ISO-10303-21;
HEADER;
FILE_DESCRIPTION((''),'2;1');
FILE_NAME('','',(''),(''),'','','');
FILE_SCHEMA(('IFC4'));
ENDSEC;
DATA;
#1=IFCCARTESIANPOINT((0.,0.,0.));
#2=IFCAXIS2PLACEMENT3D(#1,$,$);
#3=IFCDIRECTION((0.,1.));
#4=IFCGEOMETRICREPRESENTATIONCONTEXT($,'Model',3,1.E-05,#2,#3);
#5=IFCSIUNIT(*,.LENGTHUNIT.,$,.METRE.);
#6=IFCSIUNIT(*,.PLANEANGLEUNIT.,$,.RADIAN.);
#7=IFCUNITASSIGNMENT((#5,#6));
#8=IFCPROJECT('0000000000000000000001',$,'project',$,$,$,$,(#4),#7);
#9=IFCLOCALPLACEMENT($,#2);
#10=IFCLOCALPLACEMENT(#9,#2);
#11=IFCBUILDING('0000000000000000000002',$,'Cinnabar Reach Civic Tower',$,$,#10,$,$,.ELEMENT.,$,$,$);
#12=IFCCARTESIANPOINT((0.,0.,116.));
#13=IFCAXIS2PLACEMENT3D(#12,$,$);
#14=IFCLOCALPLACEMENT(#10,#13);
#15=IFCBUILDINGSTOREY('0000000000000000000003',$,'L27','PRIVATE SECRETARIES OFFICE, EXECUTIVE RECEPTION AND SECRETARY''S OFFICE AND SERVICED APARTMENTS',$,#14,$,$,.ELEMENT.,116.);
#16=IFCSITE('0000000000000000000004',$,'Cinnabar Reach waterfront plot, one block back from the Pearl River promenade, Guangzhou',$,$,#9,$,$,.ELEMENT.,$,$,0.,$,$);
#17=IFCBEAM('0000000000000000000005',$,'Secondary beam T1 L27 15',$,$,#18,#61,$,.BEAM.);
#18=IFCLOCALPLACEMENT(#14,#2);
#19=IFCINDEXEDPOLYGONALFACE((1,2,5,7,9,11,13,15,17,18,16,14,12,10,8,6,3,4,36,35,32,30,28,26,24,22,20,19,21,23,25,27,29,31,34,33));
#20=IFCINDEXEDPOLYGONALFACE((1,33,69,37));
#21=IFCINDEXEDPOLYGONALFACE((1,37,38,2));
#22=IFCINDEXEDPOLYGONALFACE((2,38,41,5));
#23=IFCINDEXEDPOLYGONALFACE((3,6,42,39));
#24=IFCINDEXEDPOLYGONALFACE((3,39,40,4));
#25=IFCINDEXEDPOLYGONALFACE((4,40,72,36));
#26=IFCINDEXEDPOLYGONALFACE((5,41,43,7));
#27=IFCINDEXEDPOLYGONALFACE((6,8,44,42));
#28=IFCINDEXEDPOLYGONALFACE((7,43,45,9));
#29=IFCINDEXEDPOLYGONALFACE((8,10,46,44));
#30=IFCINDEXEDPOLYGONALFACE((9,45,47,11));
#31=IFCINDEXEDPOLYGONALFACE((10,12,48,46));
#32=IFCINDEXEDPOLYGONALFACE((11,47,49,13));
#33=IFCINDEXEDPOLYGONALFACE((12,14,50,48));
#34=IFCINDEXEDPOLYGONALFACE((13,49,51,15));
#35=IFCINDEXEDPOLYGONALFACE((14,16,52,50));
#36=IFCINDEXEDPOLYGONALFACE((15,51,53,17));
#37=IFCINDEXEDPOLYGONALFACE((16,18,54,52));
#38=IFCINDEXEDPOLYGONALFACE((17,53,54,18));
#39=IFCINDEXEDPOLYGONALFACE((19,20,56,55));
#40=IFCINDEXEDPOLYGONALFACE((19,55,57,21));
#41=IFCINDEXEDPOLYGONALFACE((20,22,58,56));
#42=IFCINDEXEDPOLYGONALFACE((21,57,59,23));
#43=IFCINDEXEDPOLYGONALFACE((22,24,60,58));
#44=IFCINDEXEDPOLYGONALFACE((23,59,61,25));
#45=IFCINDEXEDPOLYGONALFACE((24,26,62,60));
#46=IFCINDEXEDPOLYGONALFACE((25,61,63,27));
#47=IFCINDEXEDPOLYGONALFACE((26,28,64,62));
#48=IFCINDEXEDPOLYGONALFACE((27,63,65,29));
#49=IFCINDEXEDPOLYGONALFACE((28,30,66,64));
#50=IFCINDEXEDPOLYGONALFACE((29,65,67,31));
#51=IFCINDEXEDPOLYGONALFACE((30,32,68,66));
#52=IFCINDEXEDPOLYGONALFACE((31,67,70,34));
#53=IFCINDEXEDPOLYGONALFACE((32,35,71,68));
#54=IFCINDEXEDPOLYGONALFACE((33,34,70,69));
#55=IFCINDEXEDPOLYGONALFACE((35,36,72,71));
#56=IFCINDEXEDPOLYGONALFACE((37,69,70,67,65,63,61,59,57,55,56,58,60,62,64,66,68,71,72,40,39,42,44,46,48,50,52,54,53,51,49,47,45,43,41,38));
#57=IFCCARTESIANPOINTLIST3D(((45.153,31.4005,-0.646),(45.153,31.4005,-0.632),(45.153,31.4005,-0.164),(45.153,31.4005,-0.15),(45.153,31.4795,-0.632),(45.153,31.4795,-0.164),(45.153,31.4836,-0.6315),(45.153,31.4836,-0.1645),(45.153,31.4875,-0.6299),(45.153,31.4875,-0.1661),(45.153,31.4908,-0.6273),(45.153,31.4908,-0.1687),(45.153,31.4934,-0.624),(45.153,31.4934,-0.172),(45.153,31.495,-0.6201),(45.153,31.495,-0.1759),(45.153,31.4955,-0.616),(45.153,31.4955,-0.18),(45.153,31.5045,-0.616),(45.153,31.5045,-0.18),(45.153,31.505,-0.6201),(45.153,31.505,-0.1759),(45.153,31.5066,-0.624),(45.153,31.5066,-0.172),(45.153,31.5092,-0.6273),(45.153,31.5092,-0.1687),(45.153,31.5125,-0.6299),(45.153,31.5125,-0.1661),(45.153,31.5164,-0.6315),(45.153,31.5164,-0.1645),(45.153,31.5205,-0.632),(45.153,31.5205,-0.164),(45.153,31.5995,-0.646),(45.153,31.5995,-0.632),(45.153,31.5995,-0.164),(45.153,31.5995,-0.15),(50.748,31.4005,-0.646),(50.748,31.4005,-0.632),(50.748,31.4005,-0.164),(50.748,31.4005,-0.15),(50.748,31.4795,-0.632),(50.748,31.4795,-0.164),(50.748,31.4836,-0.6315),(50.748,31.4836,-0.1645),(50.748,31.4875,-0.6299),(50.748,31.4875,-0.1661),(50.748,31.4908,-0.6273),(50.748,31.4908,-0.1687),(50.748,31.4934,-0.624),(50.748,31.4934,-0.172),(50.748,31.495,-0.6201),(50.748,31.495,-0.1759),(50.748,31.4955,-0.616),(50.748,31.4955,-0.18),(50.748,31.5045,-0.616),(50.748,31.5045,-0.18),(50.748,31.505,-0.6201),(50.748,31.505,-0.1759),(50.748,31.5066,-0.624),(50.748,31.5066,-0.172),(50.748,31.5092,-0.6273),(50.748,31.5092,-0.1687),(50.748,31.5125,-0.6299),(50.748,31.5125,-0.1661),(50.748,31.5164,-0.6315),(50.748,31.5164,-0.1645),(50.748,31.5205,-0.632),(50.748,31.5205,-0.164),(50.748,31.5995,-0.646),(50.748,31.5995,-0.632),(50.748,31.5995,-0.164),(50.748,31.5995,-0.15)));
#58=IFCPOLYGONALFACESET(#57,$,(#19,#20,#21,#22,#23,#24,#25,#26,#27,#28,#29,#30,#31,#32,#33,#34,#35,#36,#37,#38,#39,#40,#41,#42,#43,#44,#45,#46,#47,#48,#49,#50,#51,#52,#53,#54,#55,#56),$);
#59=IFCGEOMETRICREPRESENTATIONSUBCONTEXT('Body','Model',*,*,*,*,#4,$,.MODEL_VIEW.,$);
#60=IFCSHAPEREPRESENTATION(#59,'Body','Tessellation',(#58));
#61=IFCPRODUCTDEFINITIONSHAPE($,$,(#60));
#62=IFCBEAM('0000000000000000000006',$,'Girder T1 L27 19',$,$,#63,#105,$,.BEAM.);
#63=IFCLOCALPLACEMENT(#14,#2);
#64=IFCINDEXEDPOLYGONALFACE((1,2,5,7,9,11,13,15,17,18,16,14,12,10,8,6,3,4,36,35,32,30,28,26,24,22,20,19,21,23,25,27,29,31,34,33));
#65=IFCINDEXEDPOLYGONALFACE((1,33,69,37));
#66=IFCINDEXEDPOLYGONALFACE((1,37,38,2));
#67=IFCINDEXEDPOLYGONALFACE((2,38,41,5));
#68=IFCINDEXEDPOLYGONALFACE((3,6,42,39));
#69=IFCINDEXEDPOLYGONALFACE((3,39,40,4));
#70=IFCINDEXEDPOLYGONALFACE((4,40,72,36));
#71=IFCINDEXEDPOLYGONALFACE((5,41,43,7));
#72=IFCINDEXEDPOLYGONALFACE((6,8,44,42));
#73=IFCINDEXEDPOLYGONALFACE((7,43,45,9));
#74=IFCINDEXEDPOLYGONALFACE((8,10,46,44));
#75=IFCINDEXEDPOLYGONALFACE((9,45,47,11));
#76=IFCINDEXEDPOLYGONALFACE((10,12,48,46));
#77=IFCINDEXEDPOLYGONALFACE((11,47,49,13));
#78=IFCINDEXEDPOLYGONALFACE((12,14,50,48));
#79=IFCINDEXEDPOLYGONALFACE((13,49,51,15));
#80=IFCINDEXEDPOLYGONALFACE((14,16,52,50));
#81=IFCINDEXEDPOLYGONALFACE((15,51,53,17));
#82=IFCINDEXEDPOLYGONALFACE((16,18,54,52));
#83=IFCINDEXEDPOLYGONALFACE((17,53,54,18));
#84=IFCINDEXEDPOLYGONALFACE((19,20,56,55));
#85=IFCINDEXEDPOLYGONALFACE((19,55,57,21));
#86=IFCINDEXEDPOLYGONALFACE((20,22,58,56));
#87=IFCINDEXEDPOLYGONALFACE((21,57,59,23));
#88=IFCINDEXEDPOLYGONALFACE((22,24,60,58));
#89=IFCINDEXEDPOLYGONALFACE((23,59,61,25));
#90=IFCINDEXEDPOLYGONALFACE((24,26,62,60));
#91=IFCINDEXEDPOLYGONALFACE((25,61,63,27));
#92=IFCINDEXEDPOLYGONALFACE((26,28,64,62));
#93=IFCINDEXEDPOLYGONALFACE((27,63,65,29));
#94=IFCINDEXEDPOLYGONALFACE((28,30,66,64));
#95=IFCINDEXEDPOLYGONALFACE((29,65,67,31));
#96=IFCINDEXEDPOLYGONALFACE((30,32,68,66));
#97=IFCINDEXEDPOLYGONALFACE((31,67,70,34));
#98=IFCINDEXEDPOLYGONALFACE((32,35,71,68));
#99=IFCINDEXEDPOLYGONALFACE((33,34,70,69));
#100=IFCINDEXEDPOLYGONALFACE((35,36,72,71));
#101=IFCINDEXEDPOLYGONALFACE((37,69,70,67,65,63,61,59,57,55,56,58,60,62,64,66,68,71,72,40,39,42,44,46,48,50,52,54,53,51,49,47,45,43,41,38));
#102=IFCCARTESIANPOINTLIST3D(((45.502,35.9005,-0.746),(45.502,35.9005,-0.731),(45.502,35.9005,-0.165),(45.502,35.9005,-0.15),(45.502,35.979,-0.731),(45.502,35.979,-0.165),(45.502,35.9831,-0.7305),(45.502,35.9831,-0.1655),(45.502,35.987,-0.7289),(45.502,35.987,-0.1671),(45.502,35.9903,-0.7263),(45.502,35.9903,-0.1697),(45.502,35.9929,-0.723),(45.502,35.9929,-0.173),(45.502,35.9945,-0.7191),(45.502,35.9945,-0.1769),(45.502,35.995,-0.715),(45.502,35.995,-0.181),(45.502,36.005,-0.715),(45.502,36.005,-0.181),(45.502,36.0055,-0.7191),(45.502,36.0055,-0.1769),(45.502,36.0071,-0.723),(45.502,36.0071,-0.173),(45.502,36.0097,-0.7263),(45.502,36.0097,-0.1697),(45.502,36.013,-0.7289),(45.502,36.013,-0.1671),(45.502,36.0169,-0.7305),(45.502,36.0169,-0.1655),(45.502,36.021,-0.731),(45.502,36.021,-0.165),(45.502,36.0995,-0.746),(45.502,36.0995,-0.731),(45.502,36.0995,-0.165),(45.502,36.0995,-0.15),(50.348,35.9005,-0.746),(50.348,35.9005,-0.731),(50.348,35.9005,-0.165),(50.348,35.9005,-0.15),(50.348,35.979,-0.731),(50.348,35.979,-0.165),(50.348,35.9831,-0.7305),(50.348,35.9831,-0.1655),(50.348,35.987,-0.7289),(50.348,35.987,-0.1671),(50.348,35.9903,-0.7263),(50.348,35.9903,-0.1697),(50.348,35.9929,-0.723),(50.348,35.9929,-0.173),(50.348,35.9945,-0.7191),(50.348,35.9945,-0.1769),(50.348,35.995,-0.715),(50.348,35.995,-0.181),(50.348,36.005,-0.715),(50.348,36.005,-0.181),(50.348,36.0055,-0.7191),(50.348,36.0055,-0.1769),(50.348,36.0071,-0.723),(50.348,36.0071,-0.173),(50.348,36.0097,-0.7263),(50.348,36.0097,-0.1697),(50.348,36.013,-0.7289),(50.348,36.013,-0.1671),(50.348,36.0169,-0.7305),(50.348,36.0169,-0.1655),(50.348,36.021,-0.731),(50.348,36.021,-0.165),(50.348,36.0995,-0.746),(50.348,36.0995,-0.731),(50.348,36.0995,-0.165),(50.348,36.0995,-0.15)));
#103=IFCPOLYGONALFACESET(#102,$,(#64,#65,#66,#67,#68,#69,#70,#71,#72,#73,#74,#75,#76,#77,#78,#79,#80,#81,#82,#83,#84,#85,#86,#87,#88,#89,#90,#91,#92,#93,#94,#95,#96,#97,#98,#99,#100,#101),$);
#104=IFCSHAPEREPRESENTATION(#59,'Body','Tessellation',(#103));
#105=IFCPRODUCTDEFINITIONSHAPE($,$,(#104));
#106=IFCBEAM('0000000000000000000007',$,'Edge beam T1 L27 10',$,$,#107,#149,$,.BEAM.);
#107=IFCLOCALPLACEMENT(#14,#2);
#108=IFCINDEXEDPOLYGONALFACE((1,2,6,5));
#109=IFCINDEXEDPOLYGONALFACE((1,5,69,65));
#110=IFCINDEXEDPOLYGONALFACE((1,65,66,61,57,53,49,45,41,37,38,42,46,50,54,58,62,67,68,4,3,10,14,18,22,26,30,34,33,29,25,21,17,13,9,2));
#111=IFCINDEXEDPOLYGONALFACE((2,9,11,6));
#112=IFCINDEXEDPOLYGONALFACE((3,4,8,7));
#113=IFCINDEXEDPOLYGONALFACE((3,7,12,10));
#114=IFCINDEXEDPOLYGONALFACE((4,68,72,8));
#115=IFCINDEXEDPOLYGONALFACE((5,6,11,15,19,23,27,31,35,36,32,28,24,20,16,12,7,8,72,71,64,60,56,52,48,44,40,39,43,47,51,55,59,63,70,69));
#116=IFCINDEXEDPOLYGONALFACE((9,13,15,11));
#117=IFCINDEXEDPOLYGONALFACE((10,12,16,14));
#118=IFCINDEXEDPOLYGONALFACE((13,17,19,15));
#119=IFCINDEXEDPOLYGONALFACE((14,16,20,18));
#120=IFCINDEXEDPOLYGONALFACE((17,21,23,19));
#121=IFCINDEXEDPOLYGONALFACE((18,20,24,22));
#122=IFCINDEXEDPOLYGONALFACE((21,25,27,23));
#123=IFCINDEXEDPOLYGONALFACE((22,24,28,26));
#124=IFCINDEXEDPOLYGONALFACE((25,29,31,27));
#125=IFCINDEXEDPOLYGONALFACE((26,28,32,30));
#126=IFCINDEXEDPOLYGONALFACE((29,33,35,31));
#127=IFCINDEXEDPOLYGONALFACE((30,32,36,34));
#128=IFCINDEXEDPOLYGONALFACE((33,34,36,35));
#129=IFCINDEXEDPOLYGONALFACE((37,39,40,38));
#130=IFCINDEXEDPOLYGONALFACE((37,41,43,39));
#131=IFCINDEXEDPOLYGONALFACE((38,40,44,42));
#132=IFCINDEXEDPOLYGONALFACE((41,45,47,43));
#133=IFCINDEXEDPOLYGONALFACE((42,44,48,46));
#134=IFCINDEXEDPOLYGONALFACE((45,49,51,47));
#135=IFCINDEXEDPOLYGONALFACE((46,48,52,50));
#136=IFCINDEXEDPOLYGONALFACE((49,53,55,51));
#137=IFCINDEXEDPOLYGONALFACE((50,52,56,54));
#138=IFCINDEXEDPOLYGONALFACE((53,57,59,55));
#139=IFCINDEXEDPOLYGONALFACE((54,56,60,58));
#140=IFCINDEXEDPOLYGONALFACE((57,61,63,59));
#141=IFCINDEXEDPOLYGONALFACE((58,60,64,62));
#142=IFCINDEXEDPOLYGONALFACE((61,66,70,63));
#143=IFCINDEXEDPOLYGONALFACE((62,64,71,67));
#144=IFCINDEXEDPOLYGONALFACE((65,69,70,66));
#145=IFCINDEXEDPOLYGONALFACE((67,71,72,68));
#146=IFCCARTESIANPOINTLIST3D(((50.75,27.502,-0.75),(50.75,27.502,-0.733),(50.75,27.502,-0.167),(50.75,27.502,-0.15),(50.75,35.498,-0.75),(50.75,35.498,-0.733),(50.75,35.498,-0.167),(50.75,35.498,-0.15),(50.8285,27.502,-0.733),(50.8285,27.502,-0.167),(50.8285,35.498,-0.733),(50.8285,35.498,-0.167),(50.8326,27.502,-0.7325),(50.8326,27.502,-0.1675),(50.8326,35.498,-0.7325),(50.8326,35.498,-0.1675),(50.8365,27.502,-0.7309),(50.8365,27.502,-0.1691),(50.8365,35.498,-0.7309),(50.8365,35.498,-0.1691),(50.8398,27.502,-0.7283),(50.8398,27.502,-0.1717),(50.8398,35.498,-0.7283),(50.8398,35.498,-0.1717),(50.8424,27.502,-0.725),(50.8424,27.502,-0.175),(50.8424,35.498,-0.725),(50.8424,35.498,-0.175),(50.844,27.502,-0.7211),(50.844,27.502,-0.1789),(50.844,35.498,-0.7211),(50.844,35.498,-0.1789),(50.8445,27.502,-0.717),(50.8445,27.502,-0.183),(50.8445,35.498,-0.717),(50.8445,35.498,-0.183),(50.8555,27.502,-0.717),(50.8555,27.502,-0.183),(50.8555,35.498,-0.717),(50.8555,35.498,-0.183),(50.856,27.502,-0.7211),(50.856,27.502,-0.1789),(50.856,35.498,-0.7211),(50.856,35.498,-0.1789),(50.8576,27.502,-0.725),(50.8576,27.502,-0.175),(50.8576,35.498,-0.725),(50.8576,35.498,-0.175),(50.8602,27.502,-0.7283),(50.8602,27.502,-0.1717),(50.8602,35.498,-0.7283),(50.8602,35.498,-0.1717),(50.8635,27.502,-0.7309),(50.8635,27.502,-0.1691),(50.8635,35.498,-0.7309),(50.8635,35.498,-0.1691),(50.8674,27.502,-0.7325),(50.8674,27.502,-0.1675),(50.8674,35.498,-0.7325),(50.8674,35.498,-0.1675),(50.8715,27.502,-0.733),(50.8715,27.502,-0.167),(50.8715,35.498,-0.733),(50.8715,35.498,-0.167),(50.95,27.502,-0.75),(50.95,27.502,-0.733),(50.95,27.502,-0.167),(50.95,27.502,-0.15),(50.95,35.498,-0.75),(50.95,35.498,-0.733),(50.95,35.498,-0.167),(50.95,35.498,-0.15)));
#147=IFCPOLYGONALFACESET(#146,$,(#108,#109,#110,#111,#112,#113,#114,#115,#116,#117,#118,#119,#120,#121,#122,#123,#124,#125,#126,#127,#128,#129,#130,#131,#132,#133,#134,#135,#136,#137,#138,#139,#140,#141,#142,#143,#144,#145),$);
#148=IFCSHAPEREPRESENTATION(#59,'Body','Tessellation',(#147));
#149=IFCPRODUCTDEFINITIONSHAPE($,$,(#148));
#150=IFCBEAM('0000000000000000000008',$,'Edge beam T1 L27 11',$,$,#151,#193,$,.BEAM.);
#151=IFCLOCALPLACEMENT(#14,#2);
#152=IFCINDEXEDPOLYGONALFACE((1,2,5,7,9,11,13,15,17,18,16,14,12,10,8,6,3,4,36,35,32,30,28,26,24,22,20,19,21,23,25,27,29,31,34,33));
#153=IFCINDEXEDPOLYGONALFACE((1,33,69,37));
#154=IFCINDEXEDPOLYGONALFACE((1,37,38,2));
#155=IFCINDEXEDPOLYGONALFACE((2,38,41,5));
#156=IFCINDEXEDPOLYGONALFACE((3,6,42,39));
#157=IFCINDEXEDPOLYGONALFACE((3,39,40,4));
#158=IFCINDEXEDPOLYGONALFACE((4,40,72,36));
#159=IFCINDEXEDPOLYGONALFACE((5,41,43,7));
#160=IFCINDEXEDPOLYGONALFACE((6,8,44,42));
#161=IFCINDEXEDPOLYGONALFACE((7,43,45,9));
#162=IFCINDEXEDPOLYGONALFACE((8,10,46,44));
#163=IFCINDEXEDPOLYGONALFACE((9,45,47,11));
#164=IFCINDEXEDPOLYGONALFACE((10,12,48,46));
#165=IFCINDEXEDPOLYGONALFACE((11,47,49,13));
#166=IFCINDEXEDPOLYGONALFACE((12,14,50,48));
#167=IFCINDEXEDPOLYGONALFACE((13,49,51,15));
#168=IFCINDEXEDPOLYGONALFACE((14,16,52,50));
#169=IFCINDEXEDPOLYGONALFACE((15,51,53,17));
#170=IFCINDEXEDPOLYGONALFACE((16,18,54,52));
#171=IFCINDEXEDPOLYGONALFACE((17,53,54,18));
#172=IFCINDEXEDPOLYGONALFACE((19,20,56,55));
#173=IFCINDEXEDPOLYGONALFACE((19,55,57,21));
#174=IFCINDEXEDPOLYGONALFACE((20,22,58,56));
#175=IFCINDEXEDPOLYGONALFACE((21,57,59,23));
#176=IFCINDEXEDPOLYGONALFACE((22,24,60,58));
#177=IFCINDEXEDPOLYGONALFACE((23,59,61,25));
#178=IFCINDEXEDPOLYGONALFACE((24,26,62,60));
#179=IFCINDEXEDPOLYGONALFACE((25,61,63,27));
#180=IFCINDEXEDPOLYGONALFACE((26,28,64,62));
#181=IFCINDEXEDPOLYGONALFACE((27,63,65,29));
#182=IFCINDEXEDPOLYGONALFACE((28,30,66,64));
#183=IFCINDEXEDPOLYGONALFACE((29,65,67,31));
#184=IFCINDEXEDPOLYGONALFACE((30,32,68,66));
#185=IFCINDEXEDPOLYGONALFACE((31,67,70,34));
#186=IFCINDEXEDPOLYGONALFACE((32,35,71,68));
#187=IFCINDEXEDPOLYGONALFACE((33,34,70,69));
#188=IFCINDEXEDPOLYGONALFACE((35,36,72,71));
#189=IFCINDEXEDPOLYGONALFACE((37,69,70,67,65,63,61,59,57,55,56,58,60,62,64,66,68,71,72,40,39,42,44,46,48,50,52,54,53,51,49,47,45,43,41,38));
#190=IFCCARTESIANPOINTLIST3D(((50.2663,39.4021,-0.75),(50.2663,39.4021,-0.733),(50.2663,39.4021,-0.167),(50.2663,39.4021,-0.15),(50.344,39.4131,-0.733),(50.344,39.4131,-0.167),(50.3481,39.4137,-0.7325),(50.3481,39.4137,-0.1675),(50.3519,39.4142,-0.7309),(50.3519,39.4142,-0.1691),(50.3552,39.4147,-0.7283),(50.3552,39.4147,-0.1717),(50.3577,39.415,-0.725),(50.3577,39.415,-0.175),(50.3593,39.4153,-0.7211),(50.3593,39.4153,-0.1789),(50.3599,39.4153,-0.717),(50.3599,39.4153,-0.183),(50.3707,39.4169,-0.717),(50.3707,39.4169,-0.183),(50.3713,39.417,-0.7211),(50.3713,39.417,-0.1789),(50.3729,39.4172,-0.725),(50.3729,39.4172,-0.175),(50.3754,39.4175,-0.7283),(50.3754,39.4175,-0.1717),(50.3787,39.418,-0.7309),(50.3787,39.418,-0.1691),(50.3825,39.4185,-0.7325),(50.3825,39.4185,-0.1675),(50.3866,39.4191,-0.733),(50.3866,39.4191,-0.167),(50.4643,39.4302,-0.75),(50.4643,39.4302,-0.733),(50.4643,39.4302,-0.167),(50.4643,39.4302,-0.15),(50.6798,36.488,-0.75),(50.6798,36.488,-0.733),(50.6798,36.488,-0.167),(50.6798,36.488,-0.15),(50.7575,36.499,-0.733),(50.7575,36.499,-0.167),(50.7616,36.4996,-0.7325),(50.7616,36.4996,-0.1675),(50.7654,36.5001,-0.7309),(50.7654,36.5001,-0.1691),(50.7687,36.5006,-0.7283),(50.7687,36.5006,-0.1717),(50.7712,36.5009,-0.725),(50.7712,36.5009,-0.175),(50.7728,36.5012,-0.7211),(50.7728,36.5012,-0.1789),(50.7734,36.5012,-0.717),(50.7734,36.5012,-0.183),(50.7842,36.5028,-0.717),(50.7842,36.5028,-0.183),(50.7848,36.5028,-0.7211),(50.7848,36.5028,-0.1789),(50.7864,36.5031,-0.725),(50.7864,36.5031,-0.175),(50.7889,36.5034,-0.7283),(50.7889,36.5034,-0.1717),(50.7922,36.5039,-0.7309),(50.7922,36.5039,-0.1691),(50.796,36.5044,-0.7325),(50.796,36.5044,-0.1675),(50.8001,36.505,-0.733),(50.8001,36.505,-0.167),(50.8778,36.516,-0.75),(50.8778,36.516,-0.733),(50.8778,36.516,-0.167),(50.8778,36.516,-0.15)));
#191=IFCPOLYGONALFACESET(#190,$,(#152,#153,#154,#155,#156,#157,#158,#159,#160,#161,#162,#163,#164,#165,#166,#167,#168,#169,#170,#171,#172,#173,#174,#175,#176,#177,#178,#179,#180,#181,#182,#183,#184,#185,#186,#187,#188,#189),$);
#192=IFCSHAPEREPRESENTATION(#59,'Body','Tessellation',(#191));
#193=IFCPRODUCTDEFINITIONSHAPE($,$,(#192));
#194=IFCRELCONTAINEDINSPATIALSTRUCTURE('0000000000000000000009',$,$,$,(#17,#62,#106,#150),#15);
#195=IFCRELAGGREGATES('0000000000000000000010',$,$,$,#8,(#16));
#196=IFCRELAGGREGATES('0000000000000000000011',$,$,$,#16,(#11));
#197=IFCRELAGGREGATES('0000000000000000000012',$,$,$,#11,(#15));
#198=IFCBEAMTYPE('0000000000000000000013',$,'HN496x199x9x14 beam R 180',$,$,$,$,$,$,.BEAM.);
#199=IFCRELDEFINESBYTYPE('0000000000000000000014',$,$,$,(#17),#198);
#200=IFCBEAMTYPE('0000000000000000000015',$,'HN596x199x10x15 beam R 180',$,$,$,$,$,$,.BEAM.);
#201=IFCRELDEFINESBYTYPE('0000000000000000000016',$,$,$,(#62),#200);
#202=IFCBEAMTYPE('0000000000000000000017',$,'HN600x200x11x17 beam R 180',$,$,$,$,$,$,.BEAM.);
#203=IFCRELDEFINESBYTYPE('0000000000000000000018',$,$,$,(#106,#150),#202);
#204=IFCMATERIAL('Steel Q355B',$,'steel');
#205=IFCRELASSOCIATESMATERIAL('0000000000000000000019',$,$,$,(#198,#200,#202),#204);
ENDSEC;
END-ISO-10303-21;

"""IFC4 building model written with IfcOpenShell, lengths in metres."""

from ifc_helpers import new_model, si_unit, direction, frame, origin, origin_2d, place, context, subcontext, project, spatial, i_section, extrude, material, material_profile, profile_set, type_object, element, save


model = new_model("IFC4")

# Units and contexts
model_context = context("Model", 3, precision=1e-05, world=origin(), true_north=direction((0.0, 1.0)))
body_context = subcontext(model_context, "Body", "Model", "MODEL_VIEW")
ifc_project = project(units=[si_unit("LENGTHUNIT", "METRE"), si_unit("PLANEANGLEUNIT", "RADIAN")], contexts=[model_context])

# Site, building, storey
site_placement = place(None, origin())
site = spatial("IfcSite", under=ifc_project, at=site_placement, Name="Cinnabar Reach waterfront plot, one block back from the Pearl River promenade, Guangzhou", CompositionType="ELEMENT", RefElevation=0.0)
building_placement = place(site_placement, origin())
building = spatial("IfcBuilding", under=site, at=building_placement, Name="Cinnabar Reach Civic Tower", CompositionType="ELEMENT")
storey_placement = place(building_placement, frame((0.0, 0.0, 116.0)))
storey = spatial("IfcBuildingStorey", under=building, at=storey_placement, Name="L27", Description="PRIVATE SECRETARIES OFFICE, EXECUTIVE RECEPTION AND SECRETARY'S OFFICE AND SERVICED APARTMENTS", CompositionType="ELEMENT", Elevation=116.0)

# Beams
ifc_material_1 = material(Name="Steel Q355B", Category="steel")
ifc_material_profile_1 = material_profile(ifc_material_1, i_section(OverallWidth=0.199, OverallDepth=0.496, WebThickness=0.009, FlangeThickness=0.014, FilletRadius=0.016, at=origin_2d()), Name="HN496x199x9x14")
ifc_profile_set_1 = profile_set([ifc_material_profile_1], Name="Steel Q355B")
beam_type_1 = type_object("IfcBeamType", Name="HN496x199x9x14 beam R 180", PredefinedType="BEAM", material=ifc_profile_set_1)
beam_1_placement = place(storey_placement, frame((45.153, 31.5, -0.398), z_axis=(1.0, 0.0, 0.0), x_axis=(0.0, 1.0, 0.0)))
element("IfcBeam", 1, at=beam_1_placement, inside=storey, type_object=beam_type_1, Name="Secondary beam T1 L27 15", PredefinedType="BEAM", context=body_context, shape_type="SweptSolid", body=[
    extrude(i_section(OverallWidth=0.199, OverallDepth=0.496, WebThickness=0.009, FlangeThickness=0.014, FilletRadius=0.016, at=origin_2d()), origin(), (0.0, 0.0, 1.0), 5.595),
])
ifc_material_profile_2 = material_profile(ifc_material_1, i_section(OverallWidth=0.199, OverallDepth=0.596, WebThickness=0.01, FlangeThickness=0.015, FilletRadius=0.016, at=origin_2d()), Name="HN596x199x10x15")
ifc_profile_set_2 = profile_set([ifc_material_profile_2], Name="Steel Q355B")
beam_type_2 = type_object("IfcBeamType", Name="HN596x199x10x15 beam R 180", PredefinedType="BEAM", material=ifc_profile_set_2)
beam_2_placement = place(storey_placement, frame((45.502, 36.0, -0.448), z_axis=(1.0, 0.0, 0.0), x_axis=(0.0, 1.0, 0.0)))
element("IfcBeam", 2, at=beam_2_placement, inside=storey, type_object=beam_type_2, Name="Girder T1 L27 19", PredefinedType="BEAM", context=body_context, shape_type="SweptSolid", body=[
    extrude(i_section(OverallWidth=0.199, OverallDepth=0.596, WebThickness=0.01, FlangeThickness=0.015, FilletRadius=0.016, at=origin_2d()), origin(), (0.0, 0.0, 1.0), 4.846),
])
ifc_material_profile_3 = material_profile(ifc_material_1, i_section(OverallWidth=0.2, OverallDepth=0.6, WebThickness=0.011, FlangeThickness=0.017, FilletRadius=0.016, at=origin_2d()), Name="HN600x200x11x17")
ifc_profile_set_3 = profile_set([ifc_material_profile_3], Name="Steel Q355B")
beam_type_3 = type_object("IfcBeamType", Name="HN600x200x11x17 beam R 180", PredefinedType="BEAM", material=ifc_profile_set_3)
beam_3_placement = place(storey_placement, frame((50.85, 27.502, -0.45), z_axis=(0.0, 1.0, 0.0), x_axis=(-1.0, 0.0, 0.0)))
element("IfcBeam", 3, at=beam_3_placement, inside=storey, type_object=beam_type_3, Name="Edge beam T1 L27 10", PredefinedType="BEAM", context=body_context, shape_type="SweptSolid", body=[
    extrude(i_section(OverallWidth=0.2, OverallDepth=0.6, WebThickness=0.011, FlangeThickness=0.017, FilletRadius=0.016, at=origin_2d()), origin(), (0.0, 0.0, 1.0), 7.996),
])
beam_4_placement = place(storey_placement, frame((50.7788, 36.502, -0.45), z_axis=(-0.140489, 0.990082, 0.0), x_axis=(-0.990082, -0.140489, 0.0)))
element("IfcBeam", 4, at=beam_4_placement, inside=storey, type_object=beam_type_3, Name="Edge beam T1 L27 11", PredefinedType="BEAM", context=body_context, shape_type="SweptSolid", body=[
    extrude(i_section(OverallWidth=0.2, OverallDepth=0.6, WebThickness=0.011, FlangeThickness=0.017, FilletRadius=0.016, at=origin_2d()), origin(), (0.0, 0.0, 1.0), 2.9433),
])

save(model, "model.ifc")
